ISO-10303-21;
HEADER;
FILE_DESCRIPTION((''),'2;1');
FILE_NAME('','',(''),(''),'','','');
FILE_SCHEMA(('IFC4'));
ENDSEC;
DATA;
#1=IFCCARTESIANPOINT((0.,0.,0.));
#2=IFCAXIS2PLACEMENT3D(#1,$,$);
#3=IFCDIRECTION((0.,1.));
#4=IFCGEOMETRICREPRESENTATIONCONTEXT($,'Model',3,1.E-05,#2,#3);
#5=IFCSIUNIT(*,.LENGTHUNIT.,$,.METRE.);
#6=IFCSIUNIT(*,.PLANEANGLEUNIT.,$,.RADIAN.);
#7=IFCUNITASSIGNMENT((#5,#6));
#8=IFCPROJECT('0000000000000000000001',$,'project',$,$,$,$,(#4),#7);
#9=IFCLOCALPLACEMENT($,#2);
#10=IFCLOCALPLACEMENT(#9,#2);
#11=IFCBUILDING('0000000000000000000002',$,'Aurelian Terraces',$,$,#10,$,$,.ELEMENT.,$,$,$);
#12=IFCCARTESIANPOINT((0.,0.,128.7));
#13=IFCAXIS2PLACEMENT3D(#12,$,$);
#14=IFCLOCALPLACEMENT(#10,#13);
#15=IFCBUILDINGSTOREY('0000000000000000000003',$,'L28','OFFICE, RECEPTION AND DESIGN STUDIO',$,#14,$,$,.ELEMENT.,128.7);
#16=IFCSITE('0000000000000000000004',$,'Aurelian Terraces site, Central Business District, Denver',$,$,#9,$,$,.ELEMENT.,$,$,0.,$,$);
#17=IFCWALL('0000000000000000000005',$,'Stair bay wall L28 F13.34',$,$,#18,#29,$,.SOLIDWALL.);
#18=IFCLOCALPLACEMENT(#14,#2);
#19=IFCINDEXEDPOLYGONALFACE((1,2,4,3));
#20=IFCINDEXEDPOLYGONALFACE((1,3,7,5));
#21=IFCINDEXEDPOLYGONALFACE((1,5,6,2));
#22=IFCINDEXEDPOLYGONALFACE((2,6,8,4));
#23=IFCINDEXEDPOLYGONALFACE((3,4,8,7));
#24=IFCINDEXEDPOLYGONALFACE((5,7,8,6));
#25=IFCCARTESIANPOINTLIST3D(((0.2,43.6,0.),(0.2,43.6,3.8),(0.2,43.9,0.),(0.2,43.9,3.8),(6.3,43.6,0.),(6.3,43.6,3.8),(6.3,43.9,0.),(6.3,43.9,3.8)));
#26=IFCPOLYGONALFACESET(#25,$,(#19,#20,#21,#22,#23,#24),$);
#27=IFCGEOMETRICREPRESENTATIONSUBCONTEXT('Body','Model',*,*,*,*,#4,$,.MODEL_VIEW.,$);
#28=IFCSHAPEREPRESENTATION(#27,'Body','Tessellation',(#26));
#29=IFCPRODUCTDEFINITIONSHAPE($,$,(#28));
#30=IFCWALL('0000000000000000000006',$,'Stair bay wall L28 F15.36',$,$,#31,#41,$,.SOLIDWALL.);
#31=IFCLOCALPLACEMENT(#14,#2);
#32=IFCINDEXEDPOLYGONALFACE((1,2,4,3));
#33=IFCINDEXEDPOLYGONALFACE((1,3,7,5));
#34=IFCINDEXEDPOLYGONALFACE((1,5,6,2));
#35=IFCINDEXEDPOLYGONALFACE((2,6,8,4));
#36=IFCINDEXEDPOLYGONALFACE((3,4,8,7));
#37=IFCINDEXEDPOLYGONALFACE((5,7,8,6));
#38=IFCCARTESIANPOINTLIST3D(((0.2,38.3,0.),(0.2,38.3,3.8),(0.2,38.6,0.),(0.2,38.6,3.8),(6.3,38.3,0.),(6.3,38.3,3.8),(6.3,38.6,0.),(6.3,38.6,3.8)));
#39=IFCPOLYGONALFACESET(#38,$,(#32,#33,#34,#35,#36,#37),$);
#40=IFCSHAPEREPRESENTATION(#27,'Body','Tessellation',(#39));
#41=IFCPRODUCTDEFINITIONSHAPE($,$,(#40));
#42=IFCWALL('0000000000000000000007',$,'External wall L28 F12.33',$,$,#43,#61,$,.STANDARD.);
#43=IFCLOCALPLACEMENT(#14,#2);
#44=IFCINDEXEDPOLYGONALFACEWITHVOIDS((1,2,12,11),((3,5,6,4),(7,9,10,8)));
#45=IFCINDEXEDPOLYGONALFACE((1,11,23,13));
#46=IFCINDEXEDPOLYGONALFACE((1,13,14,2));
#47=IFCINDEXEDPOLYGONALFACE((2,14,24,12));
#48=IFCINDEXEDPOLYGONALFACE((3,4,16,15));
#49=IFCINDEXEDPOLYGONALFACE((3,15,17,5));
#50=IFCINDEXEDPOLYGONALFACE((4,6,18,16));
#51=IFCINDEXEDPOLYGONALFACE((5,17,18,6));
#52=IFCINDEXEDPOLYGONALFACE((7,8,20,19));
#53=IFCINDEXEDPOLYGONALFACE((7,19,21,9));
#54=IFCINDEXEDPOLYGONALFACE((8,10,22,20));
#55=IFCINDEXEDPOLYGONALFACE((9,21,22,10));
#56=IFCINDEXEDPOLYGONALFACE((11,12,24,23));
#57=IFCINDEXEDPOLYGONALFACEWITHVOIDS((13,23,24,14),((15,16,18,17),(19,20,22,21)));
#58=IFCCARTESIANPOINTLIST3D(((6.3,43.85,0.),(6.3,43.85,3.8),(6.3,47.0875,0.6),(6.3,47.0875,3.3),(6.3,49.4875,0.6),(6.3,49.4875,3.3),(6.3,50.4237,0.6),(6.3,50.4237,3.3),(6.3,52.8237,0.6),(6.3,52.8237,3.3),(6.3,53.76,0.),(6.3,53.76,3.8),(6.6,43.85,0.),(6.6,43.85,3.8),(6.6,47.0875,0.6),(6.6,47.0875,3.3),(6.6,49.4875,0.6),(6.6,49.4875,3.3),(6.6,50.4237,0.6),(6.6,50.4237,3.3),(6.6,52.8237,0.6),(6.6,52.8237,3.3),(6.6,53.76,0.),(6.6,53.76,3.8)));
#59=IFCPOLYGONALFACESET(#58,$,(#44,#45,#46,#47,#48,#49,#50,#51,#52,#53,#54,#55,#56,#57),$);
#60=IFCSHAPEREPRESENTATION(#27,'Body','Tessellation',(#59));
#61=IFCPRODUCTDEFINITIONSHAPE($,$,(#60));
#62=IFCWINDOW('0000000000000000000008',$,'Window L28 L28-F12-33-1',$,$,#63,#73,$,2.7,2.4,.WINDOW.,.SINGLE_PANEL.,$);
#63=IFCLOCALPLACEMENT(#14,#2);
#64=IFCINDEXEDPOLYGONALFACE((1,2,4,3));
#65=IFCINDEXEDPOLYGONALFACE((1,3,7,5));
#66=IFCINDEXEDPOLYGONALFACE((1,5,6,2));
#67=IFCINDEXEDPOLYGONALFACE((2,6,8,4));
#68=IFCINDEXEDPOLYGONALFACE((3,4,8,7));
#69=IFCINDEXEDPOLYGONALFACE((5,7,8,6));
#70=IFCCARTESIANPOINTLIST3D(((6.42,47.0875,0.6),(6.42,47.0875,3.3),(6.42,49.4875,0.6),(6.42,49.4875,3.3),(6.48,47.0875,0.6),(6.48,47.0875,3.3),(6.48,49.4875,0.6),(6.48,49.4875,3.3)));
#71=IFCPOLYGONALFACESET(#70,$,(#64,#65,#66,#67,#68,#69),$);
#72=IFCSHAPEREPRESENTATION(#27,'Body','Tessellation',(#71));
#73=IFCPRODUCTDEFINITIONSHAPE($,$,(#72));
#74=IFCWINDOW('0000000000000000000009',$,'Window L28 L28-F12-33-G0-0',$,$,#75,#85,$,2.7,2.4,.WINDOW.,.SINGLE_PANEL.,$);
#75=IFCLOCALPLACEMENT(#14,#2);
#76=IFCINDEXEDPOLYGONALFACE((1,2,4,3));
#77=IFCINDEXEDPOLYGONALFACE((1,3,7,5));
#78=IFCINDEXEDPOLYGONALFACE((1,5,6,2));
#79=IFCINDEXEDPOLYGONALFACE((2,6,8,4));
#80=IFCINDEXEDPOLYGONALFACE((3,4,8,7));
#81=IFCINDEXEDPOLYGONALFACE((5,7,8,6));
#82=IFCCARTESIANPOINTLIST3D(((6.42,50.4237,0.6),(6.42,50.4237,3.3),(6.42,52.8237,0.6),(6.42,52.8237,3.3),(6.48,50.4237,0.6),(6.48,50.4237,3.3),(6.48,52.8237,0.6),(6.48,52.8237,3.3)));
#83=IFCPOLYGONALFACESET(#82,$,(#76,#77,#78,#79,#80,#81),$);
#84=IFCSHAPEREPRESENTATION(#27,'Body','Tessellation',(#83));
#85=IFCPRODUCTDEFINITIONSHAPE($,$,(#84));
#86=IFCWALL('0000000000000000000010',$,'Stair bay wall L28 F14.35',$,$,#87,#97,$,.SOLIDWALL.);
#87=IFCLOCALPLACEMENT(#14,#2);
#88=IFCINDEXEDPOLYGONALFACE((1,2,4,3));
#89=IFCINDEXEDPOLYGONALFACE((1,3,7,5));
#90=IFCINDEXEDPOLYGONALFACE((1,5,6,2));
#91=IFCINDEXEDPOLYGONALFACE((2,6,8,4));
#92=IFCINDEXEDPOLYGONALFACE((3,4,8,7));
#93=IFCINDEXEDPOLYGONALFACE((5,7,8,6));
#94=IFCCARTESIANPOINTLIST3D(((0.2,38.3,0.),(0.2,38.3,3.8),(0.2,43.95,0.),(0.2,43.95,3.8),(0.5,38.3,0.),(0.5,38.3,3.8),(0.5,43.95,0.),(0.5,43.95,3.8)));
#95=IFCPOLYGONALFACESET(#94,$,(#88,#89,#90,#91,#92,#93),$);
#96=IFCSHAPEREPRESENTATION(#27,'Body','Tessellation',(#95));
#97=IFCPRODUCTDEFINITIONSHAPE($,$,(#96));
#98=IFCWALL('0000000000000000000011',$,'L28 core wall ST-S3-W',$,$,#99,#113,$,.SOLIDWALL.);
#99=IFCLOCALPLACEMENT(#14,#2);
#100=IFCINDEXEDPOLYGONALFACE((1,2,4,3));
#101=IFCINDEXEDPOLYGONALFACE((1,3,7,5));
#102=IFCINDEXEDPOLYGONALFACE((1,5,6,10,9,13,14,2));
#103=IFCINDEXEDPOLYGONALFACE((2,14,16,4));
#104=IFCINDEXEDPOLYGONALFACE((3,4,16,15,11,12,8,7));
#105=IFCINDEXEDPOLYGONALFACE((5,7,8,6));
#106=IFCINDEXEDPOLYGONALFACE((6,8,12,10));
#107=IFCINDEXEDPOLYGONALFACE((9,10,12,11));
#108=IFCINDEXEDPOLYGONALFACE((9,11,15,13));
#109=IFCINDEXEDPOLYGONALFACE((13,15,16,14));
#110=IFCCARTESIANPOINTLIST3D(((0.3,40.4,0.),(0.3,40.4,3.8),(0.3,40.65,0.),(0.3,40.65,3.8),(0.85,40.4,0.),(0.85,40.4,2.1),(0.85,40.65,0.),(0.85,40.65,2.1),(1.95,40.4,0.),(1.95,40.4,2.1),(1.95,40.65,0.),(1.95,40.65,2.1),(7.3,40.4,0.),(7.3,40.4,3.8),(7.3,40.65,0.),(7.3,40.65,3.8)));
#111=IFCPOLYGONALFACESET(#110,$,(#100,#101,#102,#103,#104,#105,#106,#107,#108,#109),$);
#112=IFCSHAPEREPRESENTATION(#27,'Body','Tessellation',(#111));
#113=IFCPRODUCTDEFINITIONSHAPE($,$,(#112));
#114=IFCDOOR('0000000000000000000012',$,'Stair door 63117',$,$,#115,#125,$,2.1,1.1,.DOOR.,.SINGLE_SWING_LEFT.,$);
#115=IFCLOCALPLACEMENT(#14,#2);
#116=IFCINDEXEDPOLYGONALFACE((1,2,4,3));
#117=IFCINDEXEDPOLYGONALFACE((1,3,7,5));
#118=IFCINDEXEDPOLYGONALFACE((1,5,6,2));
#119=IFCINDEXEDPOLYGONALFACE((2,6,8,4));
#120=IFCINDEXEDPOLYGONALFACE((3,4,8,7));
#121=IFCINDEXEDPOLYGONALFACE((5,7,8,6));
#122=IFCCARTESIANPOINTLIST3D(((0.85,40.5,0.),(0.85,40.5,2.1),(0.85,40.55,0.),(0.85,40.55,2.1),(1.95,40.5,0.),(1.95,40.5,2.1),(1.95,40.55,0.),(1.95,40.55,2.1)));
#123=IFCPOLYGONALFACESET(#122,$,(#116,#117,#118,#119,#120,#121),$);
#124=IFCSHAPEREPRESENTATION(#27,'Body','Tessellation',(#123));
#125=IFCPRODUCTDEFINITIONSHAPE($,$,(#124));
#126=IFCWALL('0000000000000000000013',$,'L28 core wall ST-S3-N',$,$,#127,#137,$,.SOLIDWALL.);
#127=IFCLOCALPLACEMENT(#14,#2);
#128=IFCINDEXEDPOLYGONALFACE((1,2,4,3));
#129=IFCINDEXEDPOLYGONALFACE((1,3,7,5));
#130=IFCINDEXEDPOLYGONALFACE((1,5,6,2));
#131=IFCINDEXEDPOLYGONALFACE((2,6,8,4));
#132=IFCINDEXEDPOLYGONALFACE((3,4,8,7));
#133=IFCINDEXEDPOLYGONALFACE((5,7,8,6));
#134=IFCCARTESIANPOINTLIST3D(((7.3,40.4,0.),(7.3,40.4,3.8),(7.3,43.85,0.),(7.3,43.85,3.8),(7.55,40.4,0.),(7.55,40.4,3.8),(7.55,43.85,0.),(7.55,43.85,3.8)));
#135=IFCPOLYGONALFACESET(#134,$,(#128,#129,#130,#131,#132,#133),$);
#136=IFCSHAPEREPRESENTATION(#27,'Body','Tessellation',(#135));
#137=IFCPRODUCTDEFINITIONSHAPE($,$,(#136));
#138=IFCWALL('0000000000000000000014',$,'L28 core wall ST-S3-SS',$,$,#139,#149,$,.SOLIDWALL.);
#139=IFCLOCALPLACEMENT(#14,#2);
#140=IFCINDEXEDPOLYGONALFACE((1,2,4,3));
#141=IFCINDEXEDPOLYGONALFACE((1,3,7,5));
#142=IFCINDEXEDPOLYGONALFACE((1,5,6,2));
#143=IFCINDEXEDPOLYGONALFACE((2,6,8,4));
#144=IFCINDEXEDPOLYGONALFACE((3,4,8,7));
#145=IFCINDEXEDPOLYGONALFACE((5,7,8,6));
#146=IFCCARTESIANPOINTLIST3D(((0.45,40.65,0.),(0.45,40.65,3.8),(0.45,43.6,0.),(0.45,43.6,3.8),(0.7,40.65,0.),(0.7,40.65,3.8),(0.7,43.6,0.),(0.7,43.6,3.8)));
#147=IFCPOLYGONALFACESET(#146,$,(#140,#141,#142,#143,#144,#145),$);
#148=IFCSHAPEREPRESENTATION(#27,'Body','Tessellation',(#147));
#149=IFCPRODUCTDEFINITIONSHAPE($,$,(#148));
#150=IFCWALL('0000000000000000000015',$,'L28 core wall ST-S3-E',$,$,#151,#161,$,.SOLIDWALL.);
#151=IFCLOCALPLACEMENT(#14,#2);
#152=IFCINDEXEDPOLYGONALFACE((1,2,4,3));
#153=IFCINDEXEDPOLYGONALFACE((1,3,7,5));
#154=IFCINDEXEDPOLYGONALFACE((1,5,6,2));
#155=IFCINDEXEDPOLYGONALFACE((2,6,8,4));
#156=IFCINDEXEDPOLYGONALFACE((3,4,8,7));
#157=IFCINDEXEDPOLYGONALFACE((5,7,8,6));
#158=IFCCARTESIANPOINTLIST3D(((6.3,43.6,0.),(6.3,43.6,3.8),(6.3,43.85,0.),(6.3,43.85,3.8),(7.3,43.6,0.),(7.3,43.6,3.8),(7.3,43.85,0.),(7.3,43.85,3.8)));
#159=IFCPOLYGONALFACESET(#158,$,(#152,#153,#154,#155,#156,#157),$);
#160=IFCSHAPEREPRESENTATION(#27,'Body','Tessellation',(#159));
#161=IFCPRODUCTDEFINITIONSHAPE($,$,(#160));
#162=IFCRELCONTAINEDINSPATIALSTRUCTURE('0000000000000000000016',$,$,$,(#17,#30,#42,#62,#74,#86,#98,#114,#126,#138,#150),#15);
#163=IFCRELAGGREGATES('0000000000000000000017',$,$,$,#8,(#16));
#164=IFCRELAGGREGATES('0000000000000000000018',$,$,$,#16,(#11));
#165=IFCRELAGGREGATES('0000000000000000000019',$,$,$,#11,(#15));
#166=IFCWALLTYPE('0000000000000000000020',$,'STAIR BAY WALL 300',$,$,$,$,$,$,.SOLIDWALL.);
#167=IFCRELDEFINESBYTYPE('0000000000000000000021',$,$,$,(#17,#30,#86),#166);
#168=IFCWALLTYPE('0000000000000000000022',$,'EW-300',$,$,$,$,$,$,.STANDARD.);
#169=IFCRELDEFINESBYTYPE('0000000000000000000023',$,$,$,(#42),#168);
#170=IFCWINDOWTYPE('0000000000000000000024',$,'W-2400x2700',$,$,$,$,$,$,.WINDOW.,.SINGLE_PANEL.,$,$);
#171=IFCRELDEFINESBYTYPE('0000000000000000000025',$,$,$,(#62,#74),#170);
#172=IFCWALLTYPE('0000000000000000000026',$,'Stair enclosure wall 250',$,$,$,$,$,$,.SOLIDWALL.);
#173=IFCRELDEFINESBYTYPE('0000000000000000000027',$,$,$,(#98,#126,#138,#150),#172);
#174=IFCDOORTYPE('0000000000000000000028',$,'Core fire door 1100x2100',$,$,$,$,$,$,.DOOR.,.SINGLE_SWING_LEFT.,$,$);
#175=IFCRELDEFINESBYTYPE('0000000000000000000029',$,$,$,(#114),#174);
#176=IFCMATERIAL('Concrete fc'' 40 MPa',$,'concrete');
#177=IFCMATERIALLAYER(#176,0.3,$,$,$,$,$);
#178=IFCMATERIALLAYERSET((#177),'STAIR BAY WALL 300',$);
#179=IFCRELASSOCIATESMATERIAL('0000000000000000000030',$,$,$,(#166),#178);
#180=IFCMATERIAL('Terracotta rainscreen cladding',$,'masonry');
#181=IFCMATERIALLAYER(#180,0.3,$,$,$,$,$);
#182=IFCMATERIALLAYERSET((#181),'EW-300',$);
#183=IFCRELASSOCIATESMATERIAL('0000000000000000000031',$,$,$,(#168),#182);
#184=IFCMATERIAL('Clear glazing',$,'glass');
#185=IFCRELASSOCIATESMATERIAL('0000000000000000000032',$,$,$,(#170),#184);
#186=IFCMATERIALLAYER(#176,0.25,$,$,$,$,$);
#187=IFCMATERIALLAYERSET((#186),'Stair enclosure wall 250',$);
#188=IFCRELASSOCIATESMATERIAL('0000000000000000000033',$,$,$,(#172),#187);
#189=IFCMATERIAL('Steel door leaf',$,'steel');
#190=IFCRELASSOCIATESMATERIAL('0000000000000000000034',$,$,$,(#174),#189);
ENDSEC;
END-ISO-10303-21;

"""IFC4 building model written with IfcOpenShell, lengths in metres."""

from ifc_helpers import new_model, si_unit, direction, frame, frame_2d, origin, place, context, subcontext, project, spatial, rectangle, extrude, source, transform, mapped, material, layer, layer_set, type_object, element, fill, save


model = new_model("IFC4")

# Units and contexts
model_context = context("Model", 3, precision=1e-05, world=origin(), true_north=direction((0.0, 1.0)))
body_context = subcontext(model_context, "Body", "Model", "MODEL_VIEW")
ifc_project = project(units=[si_unit("LENGTHUNIT", "METRE"), si_unit("PLANEANGLEUNIT", "RADIAN")], contexts=[model_context])

# Site, building, storey
site_placement = place(None, origin())
site = spatial("IfcSite", under=ifc_project, at=site_placement, Name="Aurelian Terraces site, Central Business District, Denver", CompositionType="ELEMENT", RefElevation=0.0)
building_placement = place(site_placement, origin())
building = spatial("IfcBuilding", under=site, at=building_placement, Name="Aurelian Terraces", CompositionType="ELEMENT")
storey_placement = place(building_placement, frame((0.0, 0.0, 128.7)))
storey = spatial("IfcBuildingStorey", under=building, at=storey_placement, Name="L28", Description="OFFICE, RECEPTION AND DESIGN STUDIO", CompositionType="ELEMENT", Elevation=128.7)

# Walls
ifc_material_1 = material(Name="Concrete fc' 40 MPa", Category="concrete")
ifc_layer_1 = layer(ifc_material_1, 0.3)
ifc_layer_set_1 = layer_set([ifc_layer_1], Name="STAIR BAY WALL 300")
wall_type_1 = type_object("IfcWallType", Name="STAIR BAY WALL 300", PredefinedType="SOLIDWALL", material=ifc_layer_set_1)
shared_shape_1 = source(origin(), body_context, "Body", "SweptSolid", [
    extrude(rectangle(XDim=6.1, YDim=0.3, at=frame_2d((3.05, 0.0))), origin(), (0.0, 0.0, 1.0), 3.8),
])
for number, where, z_axis, x_axis, name in (
    (1, (6.3, 43.75, 0.0), (0.0, 0.0, 1.0), (-1.0, 0.0, 0.0), "Stair bay wall L28 F13.34"),
    (2, (0.2, 38.45, 0.0), (0.0, 0.0, 1.0), (1.0, 0.0, 0.0), "Stair bay wall L28 F15.36"),
):
    element("IfcWall", number, at=place(storey_placement, frame(where, z_axis=z_axis, x_axis=x_axis)), inside=storey, type_object=wall_type_1, Name=name, PredefinedType="SOLIDWALL", context=body_context, shape_type="MappedRepresentation", body=[
        mapped(shared_shape_1, transform((0.0, 0.0, 0.0), scale=1.0)),
    ])

# Wall, openings, windows
ifc_material_2 = material(Name="Terracotta rainscreen cladding", Category="masonry")
ifc_layer_2 = layer(ifc_material_2, 0.3)
ifc_layer_set_2 = layer_set([ifc_layer_2], Name="EW-300")
wall_type_2 = type_object("IfcWallType", Name="EW-300", PredefinedType="STANDARD", material=ifc_layer_set_2)
shared_shape_2 = source(origin(), body_context, "Body", "SweptSolid", [
    extrude(rectangle(XDim=9.91, YDim=0.3, at=frame_2d((4.955, 0.0))), origin(), (0.0, 0.0, 1.0), 3.8),
])
wall_1_placement = place(storey_placement, frame((6.45, 53.76, 0.0), z_axis=(0.0, 0.0, 1.0), x_axis=(0.0, -1.0, 0.0)))
wall_1 = element("IfcWall", 3, at=wall_1_placement, inside=storey, type_object=wall_type_2, Name="External wall L28 F12.33", PredefinedType="STANDARD", context=body_context, shape_type="MappedRepresentation", body=[
    mapped(shared_shape_2, transform((0.0, 0.0, 0.0), scale=1.0)),
])
shared_shape_3 = source(origin(), body_context, "Body", "SweptSolid", [
    extrude(rectangle(XDim=2.4, YDim=2.7, at=frame_2d((1.2, 1.35))), frame((0.0, 0.16, 0.0), z_axis=(0.0, -1.0, 0.0), x_axis=(1.0, 0.0, 0.0)), (0.0, 0.0, 1.0), 0.32),
])
opening_1_placement = place(wall_1_placement, frame((4.2725, 0.0, 0.6)))
opening_1 = element("IfcOpeningElement", 4, at=opening_1_placement, cuts=wall_1, PredefinedType="OPENING", context=body_context, shape_type="MappedRepresentation", body=[
    mapped(shared_shape_3, transform((0.0, 0.0, 0.0), scale=1.0)),
])
opening_2_placement = place(wall_1_placement, frame((0.9363, 0.0, 0.6)))
opening_2 = element("IfcOpeningElement", 5, at=opening_2_placement, cuts=wall_1, PredefinedType="OPENING", context=body_context, shape_type="MappedRepresentation", body=[
    mapped(shared_shape_3, transform((0.0, 0.0, 0.0), scale=1.0)),
])
ifc_material_3 = material(Name="Clear glazing", Category="glass")
window_type = type_object("IfcWindowType", Name="W-2400x2700", PartitioningType="SINGLE_PANEL", PredefinedType="WINDOW", material=ifc_material_3)
shared_shape_4 = source(origin(), body_context, "Body", "SweptSolid", [
    extrude(rectangle(XDim=2.4, YDim=2.7, at=frame_2d((1.2, 1.35))), frame((0.0, 0.03, 0.0), z_axis=(0.0, -1.0, 0.0), x_axis=(1.0, 0.0, 0.0)), (0.0, 0.0, 1.0), 0.06),
])
window_1_placement = place(opening_1_placement, origin())
window_1 = element("IfcWindow", 6, at=window_1_placement, inside=storey, type_object=window_type, Name="Window L28 L28-F12-33-1", OverallHeight=2.7, OverallWidth=2.4, PartitioningType="SINGLE_PANEL", PredefinedType="WINDOW", context=body_context, shape_type="MappedRepresentation", body=[
    mapped(shared_shape_4, transform((0.0, 0.0, 0.0), scale=1.0)),
])
fill(opening_1, window_1)
window_2_placement = place(opening_2_placement, origin())
window_2 = element("IfcWindow", 7, at=window_2_placement, inside=storey, type_object=window_type, Name="Window L28 L28-F12-33-G0-0", OverallHeight=2.7, OverallWidth=2.4, PartitioningType="SINGLE_PANEL", PredefinedType="WINDOW", context=body_context, shape_type="MappedRepresentation", body=[
    mapped(shared_shape_4, transform((0.0, 0.0, 0.0), scale=1.0)),
])
fill(opening_2, window_2)

# Wall
shared_shape_5 = source(origin(), body_context, "Body", "SweptSolid", [
    extrude(rectangle(XDim=5.65, YDim=0.3, at=frame_2d((2.825, 0.0))), origin(), (0.0, 0.0, 1.0), 3.8),
])
wall_2_placement = place(storey_placement, frame((0.35, 43.95, 0.0), z_axis=(0.0, 0.0, 1.0), x_axis=(0.0, -1.0, 0.0)))
element("IfcWall", 8, at=wall_2_placement, inside=storey, type_object=wall_type_1, Name="Stair bay wall L28 F14.35", PredefinedType="SOLIDWALL", context=body_context, shape_type="MappedRepresentation", body=[
    mapped(shared_shape_5, transform((0.0, 0.0, 0.0), scale=1.0)),
])

# Wall, opening, door
ifc_layer_3 = layer(ifc_material_1, 0.25)
ifc_layer_set_3 = layer_set([ifc_layer_3], Name="Stair enclosure wall 250")
wall_type_3 = type_object("IfcWallType", Name="Stair enclosure wall 250", PredefinedType="SOLIDWALL", material=ifc_layer_set_3)
shared_shape_6 = source(origin(), body_context, "Body", "SweptSolid", [
    extrude(rectangle(XDim=7.0, YDim=0.25, at=frame_2d((3.5, 0.0))), origin(), (0.0, 0.0, 1.0), 3.8),
])
wall_3_placement = place(storey_placement, frame((0.3, 40.525, 0.0), z_axis=(0.0, 0.0, 1.0), x_axis=(1.0, 0.0, 0.0)))
wall_3 = element("IfcWall", 9, at=wall_3_placement, inside=storey, type_object=wall_type_3, Name="L28 core wall ST-S3-W", PredefinedType="SOLIDWALL", context=body_context, shape_type="MappedRepresentation", body=[
    mapped(shared_shape_6, transform((0.0, 0.0, 0.0), scale=1.0)),
])
shared_shape_7 = source(origin(), body_context, "Body", "SweptSolid", [
    extrude(rectangle(XDim=1.1, YDim=2.1, at=frame_2d((0.55, 1.05))), frame((0.0, 0.135, 0.0), z_axis=(0.0, -1.0, 0.0), x_axis=(1.0, 0.0, 0.0)), (0.0, 0.0, 1.0), 0.27),
])
opening_3_placement = place(wall_3_placement, frame((0.55, 0.0, 0.0)))
opening_3 = element("IfcOpeningElement", 10, at=opening_3_placement, cuts=wall_3, PredefinedType="OPENING", context=body_context, shape_type="MappedRepresentation", body=[
    mapped(shared_shape_7, transform((0.0, 0.0, 0.0), scale=1.0)),
])
ifc_material_4 = material(Name="Steel door leaf", Category="steel")
door_type = type_object("IfcDoorType", Name="Core fire door 1100x2100", OperationType="SINGLE_SWING_LEFT", PredefinedType="DOOR", material=ifc_material_4)
shared_shape_8 = source(origin(), body_context, "Body", "SweptSolid", [
    extrude(rectangle(XDim=1.1, YDim=2.1, at=frame_2d((0.55, 1.05))), frame((0.0, 0.025, 0.0), z_axis=(0.0, -1.0, 0.0), x_axis=(1.0, 0.0, 0.0)), (0.0, 0.0, 1.0), 0.05),
])
door_placement = place(opening_3_placement, origin())
door = element("IfcDoor", 11, at=door_placement, inside=storey, type_object=door_type, Name="Stair door 63117", OperationType="SINGLE_SWING_LEFT", OverallHeight=2.1, OverallWidth=1.1, PredefinedType="DOOR", context=body_context, shape_type="MappedRepresentation", body=[
    mapped(shared_shape_8, transform((0.0, 0.0, 0.0), scale=1.0)),
])
fill(opening_3, door)

# Walls
shared_shape_9 = source(origin(), body_context, "Body", "SweptSolid", [
    extrude(rectangle(XDim=3.45, YDim=0.25, at=frame_2d((1.725, 0.0))), origin(), (0.0, 0.0, 1.0), 3.8),
])
wall_4_placement = place(storey_placement, frame((7.425, 40.4, 0.0), z_axis=(0.0, 0.0, 1.0), x_axis=(0.0, 1.0, 0.0)))
element("IfcWall", 12, at=wall_4_placement, inside=storey, type_object=wall_type_3, Name="L28 core wall ST-S3-N", PredefinedType="SOLIDWALL", context=body_context, shape_type="MappedRepresentation", body=[
    mapped(shared_shape_9, transform((0.0, 0.0, 0.0), scale=1.0)),
])
shared_shape_10 = source(origin(), body_context, "Body", "SweptSolid", [
    extrude(rectangle(XDim=2.95, YDim=0.25, at=frame_2d((1.475, 0.0))), origin(), (0.0, 0.0, 1.0), 3.8),
])
wall_5_placement = place(storey_placement, frame((0.575, 40.65, 0.0), z_axis=(0.0, 0.0, 1.0), x_axis=(0.0, 1.0, 0.0)))
element("IfcWall", 13, at=wall_5_placement, inside=storey, type_object=wall_type_3, Name="L28 core wall ST-S3-SS", PredefinedType="SOLIDWALL", context=body_context, shape_type="MappedRepresentation", body=[
    mapped(shared_shape_10, transform((0.0, 0.0, 0.0), scale=1.0)),
])
shared_shape_11 = source(origin(), body_context, "Body", "SweptSolid", [
    extrude(rectangle(XDim=1.0, YDim=0.25, at=frame_2d((0.5, 0.0))), origin(), (0.0, 0.0, 1.0), 3.8),
])
wall_6_placement = place(storey_placement, frame((6.3, 43.725, 0.0), z_axis=(0.0, 0.0, 1.0), x_axis=(1.0, 0.0, 0.0)))
element("IfcWall", 14, at=wall_6_placement, inside=storey, type_object=wall_type_3, Name="L28 core wall ST-S3-E", PredefinedType="SOLIDWALL", context=body_context, shape_type="MappedRepresentation", body=[
    mapped(shared_shape_11, transform((0.0, 0.0, 0.0), scale=1.0)),
])

save(model, "model.ifc")
